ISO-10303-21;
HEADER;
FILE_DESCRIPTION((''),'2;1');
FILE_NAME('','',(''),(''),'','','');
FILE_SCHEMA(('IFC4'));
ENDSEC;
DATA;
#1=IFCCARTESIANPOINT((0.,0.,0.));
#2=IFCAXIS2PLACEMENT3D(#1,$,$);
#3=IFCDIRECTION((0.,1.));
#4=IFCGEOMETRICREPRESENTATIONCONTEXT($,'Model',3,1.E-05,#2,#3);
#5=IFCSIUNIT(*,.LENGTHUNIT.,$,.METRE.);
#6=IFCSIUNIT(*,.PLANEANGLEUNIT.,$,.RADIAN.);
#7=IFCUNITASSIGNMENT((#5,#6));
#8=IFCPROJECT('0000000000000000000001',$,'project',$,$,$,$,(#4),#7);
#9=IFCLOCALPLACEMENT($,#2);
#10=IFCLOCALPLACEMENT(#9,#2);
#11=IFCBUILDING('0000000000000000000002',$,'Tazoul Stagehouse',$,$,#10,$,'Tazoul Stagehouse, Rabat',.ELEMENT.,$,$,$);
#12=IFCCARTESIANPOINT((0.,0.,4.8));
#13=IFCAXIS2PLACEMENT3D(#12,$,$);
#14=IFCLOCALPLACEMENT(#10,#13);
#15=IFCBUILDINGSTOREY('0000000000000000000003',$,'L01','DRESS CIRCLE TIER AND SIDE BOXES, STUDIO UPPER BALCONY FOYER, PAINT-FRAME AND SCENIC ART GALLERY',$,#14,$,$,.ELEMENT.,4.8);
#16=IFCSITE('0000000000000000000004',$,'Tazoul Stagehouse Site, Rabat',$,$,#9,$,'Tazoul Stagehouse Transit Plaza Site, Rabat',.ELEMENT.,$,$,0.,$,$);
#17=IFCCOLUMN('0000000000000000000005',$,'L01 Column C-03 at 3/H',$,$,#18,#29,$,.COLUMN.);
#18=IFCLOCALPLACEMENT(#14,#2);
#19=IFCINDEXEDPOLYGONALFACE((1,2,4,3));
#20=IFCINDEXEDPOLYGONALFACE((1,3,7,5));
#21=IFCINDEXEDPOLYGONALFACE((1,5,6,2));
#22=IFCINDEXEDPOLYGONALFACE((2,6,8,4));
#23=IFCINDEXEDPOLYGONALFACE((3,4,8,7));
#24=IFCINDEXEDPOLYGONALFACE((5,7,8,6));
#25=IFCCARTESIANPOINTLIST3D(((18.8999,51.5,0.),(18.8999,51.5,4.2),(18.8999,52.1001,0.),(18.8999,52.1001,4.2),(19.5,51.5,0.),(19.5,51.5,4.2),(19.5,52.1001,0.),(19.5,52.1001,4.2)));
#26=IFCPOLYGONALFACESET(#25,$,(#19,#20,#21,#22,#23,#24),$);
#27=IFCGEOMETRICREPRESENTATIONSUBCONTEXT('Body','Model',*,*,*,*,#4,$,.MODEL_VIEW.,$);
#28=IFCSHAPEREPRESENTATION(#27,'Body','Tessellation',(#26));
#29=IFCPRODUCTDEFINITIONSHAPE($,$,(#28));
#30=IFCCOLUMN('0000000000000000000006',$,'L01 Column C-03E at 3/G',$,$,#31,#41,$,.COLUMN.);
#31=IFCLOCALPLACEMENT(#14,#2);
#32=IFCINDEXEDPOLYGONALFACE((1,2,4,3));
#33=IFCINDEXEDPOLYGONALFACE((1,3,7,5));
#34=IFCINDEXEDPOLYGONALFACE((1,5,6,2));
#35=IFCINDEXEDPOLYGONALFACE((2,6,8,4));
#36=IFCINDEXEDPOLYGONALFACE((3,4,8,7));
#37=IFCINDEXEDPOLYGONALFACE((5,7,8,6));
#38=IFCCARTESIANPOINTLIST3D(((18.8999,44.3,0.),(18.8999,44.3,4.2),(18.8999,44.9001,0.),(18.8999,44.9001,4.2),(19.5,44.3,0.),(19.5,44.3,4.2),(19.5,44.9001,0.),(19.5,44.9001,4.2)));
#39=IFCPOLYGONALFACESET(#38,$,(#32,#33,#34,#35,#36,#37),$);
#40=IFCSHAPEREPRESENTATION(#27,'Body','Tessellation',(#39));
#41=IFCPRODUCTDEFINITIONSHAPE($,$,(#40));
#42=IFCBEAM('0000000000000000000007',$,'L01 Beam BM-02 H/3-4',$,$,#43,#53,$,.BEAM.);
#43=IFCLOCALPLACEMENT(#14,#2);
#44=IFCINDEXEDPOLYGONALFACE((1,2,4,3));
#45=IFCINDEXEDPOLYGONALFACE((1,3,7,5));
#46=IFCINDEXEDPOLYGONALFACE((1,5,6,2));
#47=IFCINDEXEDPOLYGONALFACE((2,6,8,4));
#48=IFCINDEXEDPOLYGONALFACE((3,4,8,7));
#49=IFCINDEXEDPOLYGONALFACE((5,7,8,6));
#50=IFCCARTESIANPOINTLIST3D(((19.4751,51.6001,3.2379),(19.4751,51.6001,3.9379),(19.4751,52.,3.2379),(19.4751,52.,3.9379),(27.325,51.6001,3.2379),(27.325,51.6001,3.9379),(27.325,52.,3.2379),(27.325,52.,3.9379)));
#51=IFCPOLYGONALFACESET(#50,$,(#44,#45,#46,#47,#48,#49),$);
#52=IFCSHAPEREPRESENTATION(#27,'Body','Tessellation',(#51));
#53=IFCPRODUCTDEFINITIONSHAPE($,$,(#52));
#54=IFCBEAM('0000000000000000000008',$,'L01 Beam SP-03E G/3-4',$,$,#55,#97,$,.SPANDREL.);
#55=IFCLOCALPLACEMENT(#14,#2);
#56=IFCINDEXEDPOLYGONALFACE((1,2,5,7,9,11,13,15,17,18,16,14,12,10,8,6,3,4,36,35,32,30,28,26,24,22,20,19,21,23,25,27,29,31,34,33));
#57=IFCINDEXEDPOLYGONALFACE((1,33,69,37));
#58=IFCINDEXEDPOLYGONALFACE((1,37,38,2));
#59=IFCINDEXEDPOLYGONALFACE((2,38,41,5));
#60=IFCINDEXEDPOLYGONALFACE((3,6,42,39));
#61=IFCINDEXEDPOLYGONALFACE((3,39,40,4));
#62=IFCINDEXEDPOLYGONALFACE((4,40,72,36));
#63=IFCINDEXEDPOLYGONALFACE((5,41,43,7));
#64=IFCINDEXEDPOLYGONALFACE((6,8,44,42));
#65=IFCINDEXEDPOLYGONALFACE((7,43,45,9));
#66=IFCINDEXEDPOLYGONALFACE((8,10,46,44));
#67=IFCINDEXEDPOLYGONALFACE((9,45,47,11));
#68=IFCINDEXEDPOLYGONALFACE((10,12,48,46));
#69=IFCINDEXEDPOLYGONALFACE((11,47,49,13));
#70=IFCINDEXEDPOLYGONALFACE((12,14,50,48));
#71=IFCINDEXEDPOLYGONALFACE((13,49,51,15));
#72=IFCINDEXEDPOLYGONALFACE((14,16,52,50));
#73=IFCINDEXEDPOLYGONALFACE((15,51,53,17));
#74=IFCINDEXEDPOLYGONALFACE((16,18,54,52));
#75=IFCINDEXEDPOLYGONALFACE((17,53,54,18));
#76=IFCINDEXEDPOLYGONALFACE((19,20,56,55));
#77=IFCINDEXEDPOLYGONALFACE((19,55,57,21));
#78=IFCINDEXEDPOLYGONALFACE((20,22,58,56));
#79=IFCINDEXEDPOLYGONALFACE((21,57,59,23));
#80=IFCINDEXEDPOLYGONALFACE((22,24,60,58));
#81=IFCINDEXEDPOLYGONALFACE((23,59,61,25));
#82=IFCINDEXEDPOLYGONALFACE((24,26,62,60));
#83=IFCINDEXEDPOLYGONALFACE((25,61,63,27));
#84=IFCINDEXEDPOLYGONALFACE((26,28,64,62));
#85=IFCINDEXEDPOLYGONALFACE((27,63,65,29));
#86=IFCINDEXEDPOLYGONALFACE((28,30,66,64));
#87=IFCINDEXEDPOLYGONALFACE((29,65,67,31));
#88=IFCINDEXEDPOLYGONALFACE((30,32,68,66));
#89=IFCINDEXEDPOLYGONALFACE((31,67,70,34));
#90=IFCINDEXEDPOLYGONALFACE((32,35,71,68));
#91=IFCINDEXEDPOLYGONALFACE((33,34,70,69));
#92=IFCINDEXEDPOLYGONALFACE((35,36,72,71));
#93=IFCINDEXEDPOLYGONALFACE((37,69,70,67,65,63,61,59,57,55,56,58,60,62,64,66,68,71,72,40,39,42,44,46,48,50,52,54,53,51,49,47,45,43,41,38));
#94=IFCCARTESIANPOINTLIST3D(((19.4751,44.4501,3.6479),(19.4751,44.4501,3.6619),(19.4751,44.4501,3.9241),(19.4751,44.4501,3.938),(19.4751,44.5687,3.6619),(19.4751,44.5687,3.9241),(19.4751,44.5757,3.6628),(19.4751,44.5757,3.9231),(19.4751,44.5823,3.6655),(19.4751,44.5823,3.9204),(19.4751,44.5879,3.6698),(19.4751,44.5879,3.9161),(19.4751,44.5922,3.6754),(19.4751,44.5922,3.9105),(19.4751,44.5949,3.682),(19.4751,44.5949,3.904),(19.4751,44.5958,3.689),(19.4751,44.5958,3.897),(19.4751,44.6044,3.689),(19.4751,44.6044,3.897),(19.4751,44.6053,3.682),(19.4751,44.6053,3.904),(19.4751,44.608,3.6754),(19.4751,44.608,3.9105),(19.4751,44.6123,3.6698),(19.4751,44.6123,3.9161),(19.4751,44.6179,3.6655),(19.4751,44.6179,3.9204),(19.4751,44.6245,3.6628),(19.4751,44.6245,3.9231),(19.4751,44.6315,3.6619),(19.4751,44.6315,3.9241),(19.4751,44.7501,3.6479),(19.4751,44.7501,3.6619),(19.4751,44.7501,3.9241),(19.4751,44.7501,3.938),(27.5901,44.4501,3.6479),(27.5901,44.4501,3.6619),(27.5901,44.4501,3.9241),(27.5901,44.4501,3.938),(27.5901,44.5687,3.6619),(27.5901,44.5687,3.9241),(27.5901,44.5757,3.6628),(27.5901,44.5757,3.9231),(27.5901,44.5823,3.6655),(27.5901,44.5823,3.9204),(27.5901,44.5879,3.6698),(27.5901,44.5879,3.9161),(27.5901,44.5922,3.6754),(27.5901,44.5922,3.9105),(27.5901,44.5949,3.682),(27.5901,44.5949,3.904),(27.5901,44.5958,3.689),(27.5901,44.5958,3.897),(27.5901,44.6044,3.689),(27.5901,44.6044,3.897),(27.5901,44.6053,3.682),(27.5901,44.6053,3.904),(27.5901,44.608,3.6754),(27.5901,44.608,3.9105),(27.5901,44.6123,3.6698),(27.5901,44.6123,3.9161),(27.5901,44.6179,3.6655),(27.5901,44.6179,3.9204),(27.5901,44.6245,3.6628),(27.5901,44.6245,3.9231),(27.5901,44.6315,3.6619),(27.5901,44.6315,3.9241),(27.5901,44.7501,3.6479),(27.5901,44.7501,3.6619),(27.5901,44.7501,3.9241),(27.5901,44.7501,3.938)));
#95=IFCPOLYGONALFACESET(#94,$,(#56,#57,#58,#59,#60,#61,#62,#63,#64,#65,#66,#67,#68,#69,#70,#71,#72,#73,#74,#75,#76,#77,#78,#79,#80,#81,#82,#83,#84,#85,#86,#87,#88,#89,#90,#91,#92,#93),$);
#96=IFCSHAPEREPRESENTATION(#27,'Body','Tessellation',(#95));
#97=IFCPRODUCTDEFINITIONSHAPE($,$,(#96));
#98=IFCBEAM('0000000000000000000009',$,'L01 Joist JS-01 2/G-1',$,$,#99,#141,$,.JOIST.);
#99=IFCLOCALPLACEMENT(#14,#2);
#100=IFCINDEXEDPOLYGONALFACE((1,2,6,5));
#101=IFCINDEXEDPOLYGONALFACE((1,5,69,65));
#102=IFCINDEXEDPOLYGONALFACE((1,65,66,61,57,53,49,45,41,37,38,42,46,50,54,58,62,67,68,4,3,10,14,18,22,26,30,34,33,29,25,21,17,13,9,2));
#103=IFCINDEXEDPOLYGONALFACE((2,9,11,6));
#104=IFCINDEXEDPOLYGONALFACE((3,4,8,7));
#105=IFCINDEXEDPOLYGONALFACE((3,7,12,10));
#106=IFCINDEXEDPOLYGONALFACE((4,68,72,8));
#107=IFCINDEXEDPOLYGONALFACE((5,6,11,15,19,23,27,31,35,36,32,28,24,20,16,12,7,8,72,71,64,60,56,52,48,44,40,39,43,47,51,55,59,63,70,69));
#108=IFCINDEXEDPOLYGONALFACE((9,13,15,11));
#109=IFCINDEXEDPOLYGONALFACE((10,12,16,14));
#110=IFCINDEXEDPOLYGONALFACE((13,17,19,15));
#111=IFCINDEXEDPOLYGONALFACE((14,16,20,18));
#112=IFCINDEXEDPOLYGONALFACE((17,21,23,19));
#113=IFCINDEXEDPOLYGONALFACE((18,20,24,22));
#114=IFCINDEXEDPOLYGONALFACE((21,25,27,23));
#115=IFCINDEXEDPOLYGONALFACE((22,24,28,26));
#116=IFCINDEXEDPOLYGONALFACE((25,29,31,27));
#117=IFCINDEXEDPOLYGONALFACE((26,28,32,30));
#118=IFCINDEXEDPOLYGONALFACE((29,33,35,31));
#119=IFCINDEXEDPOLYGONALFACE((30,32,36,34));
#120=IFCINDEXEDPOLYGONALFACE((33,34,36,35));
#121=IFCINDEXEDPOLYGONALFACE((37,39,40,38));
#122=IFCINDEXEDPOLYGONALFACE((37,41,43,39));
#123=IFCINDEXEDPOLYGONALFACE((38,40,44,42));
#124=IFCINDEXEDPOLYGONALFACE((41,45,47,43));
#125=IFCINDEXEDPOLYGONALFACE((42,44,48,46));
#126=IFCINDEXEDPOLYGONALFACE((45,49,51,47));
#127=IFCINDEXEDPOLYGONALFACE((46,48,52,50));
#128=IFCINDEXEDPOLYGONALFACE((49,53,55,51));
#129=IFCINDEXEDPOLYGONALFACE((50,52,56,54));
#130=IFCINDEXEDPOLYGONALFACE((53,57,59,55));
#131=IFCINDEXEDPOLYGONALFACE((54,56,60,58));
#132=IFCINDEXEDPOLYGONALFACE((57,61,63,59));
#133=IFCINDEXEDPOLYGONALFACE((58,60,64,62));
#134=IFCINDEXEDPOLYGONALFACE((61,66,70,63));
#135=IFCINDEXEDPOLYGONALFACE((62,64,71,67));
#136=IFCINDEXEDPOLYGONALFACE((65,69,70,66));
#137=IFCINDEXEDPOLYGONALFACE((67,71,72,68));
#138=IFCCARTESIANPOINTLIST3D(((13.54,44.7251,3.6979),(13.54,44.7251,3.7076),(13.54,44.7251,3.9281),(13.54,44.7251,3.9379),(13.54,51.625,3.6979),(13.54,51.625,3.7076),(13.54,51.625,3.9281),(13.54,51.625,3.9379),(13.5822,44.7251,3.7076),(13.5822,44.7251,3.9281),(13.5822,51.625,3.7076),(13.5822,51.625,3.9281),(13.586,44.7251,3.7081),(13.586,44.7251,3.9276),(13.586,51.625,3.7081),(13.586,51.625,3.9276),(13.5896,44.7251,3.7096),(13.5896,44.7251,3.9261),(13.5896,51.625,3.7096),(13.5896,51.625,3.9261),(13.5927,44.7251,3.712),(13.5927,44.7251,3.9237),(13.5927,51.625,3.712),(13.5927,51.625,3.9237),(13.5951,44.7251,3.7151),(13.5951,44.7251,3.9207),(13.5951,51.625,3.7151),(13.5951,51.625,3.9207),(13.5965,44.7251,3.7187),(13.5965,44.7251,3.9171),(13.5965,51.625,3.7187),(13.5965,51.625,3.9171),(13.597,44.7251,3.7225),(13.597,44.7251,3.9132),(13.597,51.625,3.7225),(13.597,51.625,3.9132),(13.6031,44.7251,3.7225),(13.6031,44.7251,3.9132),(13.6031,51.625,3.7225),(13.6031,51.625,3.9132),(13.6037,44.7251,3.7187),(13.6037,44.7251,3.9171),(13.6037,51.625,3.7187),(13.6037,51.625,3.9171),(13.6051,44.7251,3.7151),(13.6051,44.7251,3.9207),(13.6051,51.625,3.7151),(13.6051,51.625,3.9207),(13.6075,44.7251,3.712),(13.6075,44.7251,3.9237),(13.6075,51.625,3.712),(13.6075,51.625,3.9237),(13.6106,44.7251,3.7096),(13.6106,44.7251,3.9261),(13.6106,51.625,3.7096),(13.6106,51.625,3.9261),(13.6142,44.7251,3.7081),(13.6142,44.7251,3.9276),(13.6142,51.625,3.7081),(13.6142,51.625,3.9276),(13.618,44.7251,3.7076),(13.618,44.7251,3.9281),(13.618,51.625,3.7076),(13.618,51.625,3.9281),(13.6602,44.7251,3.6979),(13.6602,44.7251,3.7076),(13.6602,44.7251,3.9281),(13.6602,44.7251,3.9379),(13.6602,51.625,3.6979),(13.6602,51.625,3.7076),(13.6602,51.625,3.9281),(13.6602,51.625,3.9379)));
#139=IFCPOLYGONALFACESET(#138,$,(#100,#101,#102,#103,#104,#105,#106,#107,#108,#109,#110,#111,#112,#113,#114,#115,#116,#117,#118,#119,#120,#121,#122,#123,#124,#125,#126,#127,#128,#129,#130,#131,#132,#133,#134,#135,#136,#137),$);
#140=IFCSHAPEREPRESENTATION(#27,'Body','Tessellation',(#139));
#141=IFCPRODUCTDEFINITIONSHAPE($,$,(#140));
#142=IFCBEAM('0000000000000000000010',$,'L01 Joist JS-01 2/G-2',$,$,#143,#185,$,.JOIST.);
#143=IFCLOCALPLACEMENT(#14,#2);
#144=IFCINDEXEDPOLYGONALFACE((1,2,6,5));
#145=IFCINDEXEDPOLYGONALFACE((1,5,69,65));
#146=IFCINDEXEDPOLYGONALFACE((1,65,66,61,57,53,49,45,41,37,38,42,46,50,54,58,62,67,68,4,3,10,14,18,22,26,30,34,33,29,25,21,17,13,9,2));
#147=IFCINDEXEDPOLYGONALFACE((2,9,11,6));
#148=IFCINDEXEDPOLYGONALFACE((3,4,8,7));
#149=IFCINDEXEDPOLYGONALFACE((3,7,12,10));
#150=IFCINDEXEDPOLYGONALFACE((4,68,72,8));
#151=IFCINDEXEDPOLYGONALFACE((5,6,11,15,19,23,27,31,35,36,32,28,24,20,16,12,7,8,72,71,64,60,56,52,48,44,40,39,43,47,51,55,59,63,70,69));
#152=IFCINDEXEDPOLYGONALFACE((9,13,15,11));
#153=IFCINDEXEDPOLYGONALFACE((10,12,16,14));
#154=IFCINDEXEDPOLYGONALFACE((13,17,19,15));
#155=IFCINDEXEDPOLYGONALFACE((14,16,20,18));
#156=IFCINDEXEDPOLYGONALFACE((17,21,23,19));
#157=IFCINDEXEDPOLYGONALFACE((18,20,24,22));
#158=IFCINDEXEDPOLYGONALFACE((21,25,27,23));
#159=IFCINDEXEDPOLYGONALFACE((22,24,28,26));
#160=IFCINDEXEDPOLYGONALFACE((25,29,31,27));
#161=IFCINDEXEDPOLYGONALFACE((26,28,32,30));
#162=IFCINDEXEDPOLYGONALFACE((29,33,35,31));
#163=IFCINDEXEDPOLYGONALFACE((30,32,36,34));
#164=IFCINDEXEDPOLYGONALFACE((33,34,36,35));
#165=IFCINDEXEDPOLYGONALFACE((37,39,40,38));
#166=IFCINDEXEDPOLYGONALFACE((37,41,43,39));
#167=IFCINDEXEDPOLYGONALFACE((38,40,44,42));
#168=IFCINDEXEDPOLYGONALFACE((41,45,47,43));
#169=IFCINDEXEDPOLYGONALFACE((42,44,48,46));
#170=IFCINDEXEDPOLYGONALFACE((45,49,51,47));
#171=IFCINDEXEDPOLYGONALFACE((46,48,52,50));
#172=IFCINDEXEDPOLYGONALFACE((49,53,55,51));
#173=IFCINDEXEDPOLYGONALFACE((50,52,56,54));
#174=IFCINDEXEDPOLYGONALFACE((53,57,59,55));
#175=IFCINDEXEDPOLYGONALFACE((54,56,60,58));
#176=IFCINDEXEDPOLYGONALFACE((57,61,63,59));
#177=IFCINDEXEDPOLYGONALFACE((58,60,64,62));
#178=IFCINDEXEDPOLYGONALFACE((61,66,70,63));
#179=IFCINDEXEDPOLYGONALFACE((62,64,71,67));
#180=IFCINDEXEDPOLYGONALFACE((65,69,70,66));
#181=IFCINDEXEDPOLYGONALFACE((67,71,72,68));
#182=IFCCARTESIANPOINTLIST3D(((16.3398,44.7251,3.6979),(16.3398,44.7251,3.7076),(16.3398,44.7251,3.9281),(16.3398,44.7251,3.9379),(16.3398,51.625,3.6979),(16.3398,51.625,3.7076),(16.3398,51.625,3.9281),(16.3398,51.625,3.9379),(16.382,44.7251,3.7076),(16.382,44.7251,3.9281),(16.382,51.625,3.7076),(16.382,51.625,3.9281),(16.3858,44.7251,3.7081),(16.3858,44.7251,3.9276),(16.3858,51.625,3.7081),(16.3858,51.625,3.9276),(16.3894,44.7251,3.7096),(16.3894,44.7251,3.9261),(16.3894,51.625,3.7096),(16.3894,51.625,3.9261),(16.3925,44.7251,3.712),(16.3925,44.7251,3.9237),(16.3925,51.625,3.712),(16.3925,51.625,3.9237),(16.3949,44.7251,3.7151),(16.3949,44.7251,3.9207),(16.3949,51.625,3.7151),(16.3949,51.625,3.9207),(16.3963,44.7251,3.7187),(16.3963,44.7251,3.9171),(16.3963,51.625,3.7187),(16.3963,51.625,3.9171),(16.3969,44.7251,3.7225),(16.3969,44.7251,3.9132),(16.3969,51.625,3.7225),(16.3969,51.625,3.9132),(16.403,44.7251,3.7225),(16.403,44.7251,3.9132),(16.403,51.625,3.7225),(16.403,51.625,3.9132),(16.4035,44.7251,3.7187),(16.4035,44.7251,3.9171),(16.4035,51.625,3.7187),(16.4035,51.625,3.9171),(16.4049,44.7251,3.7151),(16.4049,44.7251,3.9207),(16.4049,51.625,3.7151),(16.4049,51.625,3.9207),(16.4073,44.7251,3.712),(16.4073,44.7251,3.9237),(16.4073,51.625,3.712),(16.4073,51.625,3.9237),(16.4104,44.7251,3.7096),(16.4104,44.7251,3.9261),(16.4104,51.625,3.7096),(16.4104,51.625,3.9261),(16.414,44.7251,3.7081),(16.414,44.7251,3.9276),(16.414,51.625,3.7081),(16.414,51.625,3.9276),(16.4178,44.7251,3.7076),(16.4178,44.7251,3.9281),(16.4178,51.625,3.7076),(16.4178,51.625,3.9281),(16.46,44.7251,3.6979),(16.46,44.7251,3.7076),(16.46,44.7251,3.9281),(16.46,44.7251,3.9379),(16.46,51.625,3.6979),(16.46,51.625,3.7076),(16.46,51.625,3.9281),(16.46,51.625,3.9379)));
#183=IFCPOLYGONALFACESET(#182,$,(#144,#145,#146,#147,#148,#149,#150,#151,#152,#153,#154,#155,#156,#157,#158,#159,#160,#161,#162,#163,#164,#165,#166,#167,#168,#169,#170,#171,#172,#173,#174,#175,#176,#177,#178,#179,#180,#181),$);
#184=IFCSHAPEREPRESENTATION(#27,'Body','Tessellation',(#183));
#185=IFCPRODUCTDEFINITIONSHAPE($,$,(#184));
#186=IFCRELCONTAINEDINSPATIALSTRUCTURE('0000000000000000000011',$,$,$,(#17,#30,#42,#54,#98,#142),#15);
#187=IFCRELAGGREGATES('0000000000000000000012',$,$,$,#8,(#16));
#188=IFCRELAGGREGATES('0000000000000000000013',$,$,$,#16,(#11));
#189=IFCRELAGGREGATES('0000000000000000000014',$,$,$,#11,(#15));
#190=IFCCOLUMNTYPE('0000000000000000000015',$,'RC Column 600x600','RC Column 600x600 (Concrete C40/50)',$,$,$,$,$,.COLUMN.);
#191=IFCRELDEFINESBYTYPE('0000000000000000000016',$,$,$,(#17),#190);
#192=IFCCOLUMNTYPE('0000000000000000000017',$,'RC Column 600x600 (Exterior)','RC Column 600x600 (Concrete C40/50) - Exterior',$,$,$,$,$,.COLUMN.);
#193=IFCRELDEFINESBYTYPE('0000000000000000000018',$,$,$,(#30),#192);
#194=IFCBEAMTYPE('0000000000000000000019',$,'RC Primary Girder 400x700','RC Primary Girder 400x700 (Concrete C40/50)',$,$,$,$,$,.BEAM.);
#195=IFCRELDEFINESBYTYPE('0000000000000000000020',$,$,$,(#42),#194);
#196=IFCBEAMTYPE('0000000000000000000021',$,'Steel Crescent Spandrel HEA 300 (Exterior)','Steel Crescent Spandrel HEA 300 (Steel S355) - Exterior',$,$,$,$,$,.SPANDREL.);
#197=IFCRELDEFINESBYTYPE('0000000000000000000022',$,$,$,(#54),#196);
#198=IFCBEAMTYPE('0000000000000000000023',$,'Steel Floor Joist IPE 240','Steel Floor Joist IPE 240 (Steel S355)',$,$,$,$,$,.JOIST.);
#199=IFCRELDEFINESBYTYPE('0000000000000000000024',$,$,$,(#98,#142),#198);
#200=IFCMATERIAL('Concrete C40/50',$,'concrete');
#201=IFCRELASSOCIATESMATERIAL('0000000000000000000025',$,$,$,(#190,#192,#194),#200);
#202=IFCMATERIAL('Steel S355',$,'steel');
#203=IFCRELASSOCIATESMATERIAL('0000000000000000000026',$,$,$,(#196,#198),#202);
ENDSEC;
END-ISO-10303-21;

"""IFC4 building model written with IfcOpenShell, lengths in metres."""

from ifc_helpers import new_model, si_unit, direction, frame, origin, origin_2d, place, context, subcontext, project, spatial, rectangle, i_section, extrude, material, material_profile, profile_set, type_object, element, save


model = new_model("IFC4")

# Units and contexts
model_context = context("Model", 3, precision=1e-05, world=origin(), true_north=direction((0.0, 1.0)))
body_context = subcontext(model_context, "Body", "Model", "MODEL_VIEW")
ifc_project = project(units=[si_unit("LENGTHUNIT", "METRE"), si_unit("PLANEANGLEUNIT", "RADIAN")], contexts=[model_context])

# Site, building, storey
site_placement = place(None, origin())
site = spatial("IfcSite", under=ifc_project, at=site_placement, Name="Tazoul Stagehouse Site, Rabat", LongName="Tazoul Stagehouse Transit Plaza Site, Rabat", CompositionType="ELEMENT", RefElevation=0.0)
building_placement = place(site_placement, origin())
building = spatial("IfcBuilding", under=site, at=building_placement, Name="Tazoul Stagehouse", LongName="Tazoul Stagehouse, Rabat", CompositionType="ELEMENT")
storey_placement = place(building_placement, frame((0.0, 0.0, 4.8)))
storey = spatial("IfcBuildingStorey", under=building, at=storey_placement, Name="L01", Description="DRESS CIRCLE TIER AND SIDE BOXES, STUDIO UPPER BALCONY FOYER, PAINT-FRAME AND SCENIC ART GALLERY", CompositionType="ELEMENT", Elevation=4.8)

# Columns
ifc_material_1 = material(Name="Concrete C40/50", Category="concrete")
ifc_material_profile_1 = material_profile(ifc_material_1, rectangle(XDim=0.6001, YDim=0.6001, at=origin_2d()), Name="RC 600x600")
ifc_profile_set_1 = profile_set([ifc_material_profile_1], Name="Concrete C40/50")
column_type_1 = type_object("IfcColumnType", Name="RC Column 600x600", Description="RC Column 600x600 (Concrete C40/50)", PredefinedType="COLUMN", material=ifc_profile_set_1)
column_1_placement = place(storey_placement, frame((19.2, 51.8, 0.0), z_axis=(0.0, 0.0, 1.0), x_axis=(1.0, 0.0, 0.0)))
element("IfcColumn", 1, at=column_1_placement, inside=storey, type_object=column_type_1, Name="L01 Column C-03 at 3/H", PredefinedType="COLUMN", context=body_context, shape_type="SweptSolid", body=[
    extrude(rectangle(XDim=0.6001, YDim=0.6001, at=origin_2d()), origin(), (0.0, 0.0, 1.0), 4.2),
])
ifc_material_profile_2 = material_profile(ifc_material_1, rectangle(XDim=0.6001, YDim=0.6001, at=origin_2d()), Name="RC 600x600")
ifc_profile_set_2 = profile_set([ifc_material_profile_2], Name="Concrete C40/50")
column_type_2 = type_object("IfcColumnType", Name="RC Column 600x600 (Exterior)", Description="RC Column 600x600 (Concrete C40/50) - Exterior", PredefinedType="COLUMN", material=ifc_profile_set_2)
column_2_placement = place(storey_placement, frame((19.2, 44.6001, 0.0), z_axis=(0.0, 0.0, 1.0), x_axis=(1.0, 0.0, 0.0)))
element("IfcColumn", 2, at=column_2_placement, inside=storey, type_object=column_type_2, Name="L01 Column C-03E at 3/G", PredefinedType="COLUMN", context=body_context, shape_type="SweptSolid", body=[
    extrude(rectangle(XDim=0.6001, YDim=0.6001, at=origin_2d()), origin(), (0.0, 0.0, 1.0), 4.2),
])

# Beams
ifc_material_profile_3 = material_profile(ifc_material_1, rectangle(XDim=0.3999, YDim=0.7, at=origin_2d()), Name="RC 400x700")
ifc_profile_set_3 = profile_set([ifc_material_profile_3], Name="Concrete C40/50")
beam_type_1 = type_object("IfcBeamType", Name="RC Primary Girder 400x700", Description="RC Primary Girder 400x700 (Concrete C40/50)", PredefinedType="BEAM", material=ifc_profile_set_3)
beam_1_placement = place(storey_placement, frame((19.4751, 51.8, 3.5879), z_axis=(1.0, 0.0, 0.0), x_axis=(0.0, 1.0, 0.0)))
element("IfcBeam", 3, at=beam_1_placement, inside=storey, type_object=beam_type_1, Name="L01 Beam BM-02 H/3-4", PredefinedType="BEAM", context=body_context, shape_type="SweptSolid", body=[
    extrude(rectangle(XDim=0.3999, YDim=0.7, at=origin_2d()), origin(), (0.0, 0.0, 1.0), 7.8499),
])
ifc_material_2 = material(Name="Steel S355", Category="steel")
ifc_material_profile_4 = material_profile(ifc_material_2, i_section(OverallWidth=0.3, OverallDepth=0.29, WebThickness=0.0085, FlangeThickness=0.0139, FilletRadius=0.0271, at=origin_2d()), Name="HEA 300")
ifc_profile_set_4 = profile_set([ifc_material_profile_4], Name="Steel S355")
beam_type_2 = type_object("IfcBeamType", Name="Steel Crescent Spandrel HEA 300 (Exterior)", Description="Steel Crescent Spandrel HEA 300 (Steel S355) - Exterior", PredefinedType="SPANDREL", material=ifc_profile_set_4)
beam_2_placement = place(storey_placement, frame((19.4751, 44.6001, 3.793), z_axis=(1.0, 0.0, 0.0), x_axis=(0.0, 1.0, 0.0)))
element("IfcBeam", 4, at=beam_2_placement, inside=storey, type_object=beam_type_2, Name="L01 Beam SP-03E G/3-4", PredefinedType="SPANDREL", context=body_context, shape_type="SweptSolid", body=[
    extrude(i_section(OverallWidth=0.3, OverallDepth=0.29, WebThickness=0.0085, FlangeThickness=0.0139, FilletRadius=0.0271, at=origin_2d()), origin(), (0.0, 0.0, 1.0), 8.115),
])
ifc_material_profile_5 = material_profile(ifc_material_2, i_section(OverallWidth=0.1201, OverallDepth=0.24, WebThickness=0.0061, FlangeThickness=0.0098, FilletRadius=0.0149, at=origin_2d()), Name="IPE 240")
ifc_profile_set_5 = profile_set([ifc_material_profile_5], Name="Steel S355")
beam_type_3 = type_object("IfcBeamType", Name="Steel Floor Joist IPE 240", Description="Steel Floor Joist IPE 240 (Steel S355)", PredefinedType="JOIST", material=ifc_profile_set_5)
for number, where, z_axis, x_axis, name in (
    (5, (13.6001, 44.7251, 3.8179), (0.0, 1.0, 0.0), (-1.0, 0.0, 0.0), "L01 Joist JS-01 2/G-1"),
    (6, (16.3999, 44.7251, 3.8179), (0.0, 1.0, 0.0), (-1.0, 0.0, 0.0), "L01 Joist JS-01 2/G-2"),
):
    element("IfcBeam", number, at=place(storey_placement, frame(where, z_axis=z_axis, x_axis=x_axis)), inside=storey, type_object=beam_type_3, Name=name, PredefinedType="JOIST", context=body_context, shape_type="SweptSolid", body=[
        extrude(i_section(OverallWidth=0.1201, OverallDepth=0.24, WebThickness=0.0061, FlangeThickness=0.0098, FilletRadius=0.0149, at=origin_2d()), origin(), (0.0, 0.0, 1.0), 6.8999),
    ])

save(model, "model.ifc")
